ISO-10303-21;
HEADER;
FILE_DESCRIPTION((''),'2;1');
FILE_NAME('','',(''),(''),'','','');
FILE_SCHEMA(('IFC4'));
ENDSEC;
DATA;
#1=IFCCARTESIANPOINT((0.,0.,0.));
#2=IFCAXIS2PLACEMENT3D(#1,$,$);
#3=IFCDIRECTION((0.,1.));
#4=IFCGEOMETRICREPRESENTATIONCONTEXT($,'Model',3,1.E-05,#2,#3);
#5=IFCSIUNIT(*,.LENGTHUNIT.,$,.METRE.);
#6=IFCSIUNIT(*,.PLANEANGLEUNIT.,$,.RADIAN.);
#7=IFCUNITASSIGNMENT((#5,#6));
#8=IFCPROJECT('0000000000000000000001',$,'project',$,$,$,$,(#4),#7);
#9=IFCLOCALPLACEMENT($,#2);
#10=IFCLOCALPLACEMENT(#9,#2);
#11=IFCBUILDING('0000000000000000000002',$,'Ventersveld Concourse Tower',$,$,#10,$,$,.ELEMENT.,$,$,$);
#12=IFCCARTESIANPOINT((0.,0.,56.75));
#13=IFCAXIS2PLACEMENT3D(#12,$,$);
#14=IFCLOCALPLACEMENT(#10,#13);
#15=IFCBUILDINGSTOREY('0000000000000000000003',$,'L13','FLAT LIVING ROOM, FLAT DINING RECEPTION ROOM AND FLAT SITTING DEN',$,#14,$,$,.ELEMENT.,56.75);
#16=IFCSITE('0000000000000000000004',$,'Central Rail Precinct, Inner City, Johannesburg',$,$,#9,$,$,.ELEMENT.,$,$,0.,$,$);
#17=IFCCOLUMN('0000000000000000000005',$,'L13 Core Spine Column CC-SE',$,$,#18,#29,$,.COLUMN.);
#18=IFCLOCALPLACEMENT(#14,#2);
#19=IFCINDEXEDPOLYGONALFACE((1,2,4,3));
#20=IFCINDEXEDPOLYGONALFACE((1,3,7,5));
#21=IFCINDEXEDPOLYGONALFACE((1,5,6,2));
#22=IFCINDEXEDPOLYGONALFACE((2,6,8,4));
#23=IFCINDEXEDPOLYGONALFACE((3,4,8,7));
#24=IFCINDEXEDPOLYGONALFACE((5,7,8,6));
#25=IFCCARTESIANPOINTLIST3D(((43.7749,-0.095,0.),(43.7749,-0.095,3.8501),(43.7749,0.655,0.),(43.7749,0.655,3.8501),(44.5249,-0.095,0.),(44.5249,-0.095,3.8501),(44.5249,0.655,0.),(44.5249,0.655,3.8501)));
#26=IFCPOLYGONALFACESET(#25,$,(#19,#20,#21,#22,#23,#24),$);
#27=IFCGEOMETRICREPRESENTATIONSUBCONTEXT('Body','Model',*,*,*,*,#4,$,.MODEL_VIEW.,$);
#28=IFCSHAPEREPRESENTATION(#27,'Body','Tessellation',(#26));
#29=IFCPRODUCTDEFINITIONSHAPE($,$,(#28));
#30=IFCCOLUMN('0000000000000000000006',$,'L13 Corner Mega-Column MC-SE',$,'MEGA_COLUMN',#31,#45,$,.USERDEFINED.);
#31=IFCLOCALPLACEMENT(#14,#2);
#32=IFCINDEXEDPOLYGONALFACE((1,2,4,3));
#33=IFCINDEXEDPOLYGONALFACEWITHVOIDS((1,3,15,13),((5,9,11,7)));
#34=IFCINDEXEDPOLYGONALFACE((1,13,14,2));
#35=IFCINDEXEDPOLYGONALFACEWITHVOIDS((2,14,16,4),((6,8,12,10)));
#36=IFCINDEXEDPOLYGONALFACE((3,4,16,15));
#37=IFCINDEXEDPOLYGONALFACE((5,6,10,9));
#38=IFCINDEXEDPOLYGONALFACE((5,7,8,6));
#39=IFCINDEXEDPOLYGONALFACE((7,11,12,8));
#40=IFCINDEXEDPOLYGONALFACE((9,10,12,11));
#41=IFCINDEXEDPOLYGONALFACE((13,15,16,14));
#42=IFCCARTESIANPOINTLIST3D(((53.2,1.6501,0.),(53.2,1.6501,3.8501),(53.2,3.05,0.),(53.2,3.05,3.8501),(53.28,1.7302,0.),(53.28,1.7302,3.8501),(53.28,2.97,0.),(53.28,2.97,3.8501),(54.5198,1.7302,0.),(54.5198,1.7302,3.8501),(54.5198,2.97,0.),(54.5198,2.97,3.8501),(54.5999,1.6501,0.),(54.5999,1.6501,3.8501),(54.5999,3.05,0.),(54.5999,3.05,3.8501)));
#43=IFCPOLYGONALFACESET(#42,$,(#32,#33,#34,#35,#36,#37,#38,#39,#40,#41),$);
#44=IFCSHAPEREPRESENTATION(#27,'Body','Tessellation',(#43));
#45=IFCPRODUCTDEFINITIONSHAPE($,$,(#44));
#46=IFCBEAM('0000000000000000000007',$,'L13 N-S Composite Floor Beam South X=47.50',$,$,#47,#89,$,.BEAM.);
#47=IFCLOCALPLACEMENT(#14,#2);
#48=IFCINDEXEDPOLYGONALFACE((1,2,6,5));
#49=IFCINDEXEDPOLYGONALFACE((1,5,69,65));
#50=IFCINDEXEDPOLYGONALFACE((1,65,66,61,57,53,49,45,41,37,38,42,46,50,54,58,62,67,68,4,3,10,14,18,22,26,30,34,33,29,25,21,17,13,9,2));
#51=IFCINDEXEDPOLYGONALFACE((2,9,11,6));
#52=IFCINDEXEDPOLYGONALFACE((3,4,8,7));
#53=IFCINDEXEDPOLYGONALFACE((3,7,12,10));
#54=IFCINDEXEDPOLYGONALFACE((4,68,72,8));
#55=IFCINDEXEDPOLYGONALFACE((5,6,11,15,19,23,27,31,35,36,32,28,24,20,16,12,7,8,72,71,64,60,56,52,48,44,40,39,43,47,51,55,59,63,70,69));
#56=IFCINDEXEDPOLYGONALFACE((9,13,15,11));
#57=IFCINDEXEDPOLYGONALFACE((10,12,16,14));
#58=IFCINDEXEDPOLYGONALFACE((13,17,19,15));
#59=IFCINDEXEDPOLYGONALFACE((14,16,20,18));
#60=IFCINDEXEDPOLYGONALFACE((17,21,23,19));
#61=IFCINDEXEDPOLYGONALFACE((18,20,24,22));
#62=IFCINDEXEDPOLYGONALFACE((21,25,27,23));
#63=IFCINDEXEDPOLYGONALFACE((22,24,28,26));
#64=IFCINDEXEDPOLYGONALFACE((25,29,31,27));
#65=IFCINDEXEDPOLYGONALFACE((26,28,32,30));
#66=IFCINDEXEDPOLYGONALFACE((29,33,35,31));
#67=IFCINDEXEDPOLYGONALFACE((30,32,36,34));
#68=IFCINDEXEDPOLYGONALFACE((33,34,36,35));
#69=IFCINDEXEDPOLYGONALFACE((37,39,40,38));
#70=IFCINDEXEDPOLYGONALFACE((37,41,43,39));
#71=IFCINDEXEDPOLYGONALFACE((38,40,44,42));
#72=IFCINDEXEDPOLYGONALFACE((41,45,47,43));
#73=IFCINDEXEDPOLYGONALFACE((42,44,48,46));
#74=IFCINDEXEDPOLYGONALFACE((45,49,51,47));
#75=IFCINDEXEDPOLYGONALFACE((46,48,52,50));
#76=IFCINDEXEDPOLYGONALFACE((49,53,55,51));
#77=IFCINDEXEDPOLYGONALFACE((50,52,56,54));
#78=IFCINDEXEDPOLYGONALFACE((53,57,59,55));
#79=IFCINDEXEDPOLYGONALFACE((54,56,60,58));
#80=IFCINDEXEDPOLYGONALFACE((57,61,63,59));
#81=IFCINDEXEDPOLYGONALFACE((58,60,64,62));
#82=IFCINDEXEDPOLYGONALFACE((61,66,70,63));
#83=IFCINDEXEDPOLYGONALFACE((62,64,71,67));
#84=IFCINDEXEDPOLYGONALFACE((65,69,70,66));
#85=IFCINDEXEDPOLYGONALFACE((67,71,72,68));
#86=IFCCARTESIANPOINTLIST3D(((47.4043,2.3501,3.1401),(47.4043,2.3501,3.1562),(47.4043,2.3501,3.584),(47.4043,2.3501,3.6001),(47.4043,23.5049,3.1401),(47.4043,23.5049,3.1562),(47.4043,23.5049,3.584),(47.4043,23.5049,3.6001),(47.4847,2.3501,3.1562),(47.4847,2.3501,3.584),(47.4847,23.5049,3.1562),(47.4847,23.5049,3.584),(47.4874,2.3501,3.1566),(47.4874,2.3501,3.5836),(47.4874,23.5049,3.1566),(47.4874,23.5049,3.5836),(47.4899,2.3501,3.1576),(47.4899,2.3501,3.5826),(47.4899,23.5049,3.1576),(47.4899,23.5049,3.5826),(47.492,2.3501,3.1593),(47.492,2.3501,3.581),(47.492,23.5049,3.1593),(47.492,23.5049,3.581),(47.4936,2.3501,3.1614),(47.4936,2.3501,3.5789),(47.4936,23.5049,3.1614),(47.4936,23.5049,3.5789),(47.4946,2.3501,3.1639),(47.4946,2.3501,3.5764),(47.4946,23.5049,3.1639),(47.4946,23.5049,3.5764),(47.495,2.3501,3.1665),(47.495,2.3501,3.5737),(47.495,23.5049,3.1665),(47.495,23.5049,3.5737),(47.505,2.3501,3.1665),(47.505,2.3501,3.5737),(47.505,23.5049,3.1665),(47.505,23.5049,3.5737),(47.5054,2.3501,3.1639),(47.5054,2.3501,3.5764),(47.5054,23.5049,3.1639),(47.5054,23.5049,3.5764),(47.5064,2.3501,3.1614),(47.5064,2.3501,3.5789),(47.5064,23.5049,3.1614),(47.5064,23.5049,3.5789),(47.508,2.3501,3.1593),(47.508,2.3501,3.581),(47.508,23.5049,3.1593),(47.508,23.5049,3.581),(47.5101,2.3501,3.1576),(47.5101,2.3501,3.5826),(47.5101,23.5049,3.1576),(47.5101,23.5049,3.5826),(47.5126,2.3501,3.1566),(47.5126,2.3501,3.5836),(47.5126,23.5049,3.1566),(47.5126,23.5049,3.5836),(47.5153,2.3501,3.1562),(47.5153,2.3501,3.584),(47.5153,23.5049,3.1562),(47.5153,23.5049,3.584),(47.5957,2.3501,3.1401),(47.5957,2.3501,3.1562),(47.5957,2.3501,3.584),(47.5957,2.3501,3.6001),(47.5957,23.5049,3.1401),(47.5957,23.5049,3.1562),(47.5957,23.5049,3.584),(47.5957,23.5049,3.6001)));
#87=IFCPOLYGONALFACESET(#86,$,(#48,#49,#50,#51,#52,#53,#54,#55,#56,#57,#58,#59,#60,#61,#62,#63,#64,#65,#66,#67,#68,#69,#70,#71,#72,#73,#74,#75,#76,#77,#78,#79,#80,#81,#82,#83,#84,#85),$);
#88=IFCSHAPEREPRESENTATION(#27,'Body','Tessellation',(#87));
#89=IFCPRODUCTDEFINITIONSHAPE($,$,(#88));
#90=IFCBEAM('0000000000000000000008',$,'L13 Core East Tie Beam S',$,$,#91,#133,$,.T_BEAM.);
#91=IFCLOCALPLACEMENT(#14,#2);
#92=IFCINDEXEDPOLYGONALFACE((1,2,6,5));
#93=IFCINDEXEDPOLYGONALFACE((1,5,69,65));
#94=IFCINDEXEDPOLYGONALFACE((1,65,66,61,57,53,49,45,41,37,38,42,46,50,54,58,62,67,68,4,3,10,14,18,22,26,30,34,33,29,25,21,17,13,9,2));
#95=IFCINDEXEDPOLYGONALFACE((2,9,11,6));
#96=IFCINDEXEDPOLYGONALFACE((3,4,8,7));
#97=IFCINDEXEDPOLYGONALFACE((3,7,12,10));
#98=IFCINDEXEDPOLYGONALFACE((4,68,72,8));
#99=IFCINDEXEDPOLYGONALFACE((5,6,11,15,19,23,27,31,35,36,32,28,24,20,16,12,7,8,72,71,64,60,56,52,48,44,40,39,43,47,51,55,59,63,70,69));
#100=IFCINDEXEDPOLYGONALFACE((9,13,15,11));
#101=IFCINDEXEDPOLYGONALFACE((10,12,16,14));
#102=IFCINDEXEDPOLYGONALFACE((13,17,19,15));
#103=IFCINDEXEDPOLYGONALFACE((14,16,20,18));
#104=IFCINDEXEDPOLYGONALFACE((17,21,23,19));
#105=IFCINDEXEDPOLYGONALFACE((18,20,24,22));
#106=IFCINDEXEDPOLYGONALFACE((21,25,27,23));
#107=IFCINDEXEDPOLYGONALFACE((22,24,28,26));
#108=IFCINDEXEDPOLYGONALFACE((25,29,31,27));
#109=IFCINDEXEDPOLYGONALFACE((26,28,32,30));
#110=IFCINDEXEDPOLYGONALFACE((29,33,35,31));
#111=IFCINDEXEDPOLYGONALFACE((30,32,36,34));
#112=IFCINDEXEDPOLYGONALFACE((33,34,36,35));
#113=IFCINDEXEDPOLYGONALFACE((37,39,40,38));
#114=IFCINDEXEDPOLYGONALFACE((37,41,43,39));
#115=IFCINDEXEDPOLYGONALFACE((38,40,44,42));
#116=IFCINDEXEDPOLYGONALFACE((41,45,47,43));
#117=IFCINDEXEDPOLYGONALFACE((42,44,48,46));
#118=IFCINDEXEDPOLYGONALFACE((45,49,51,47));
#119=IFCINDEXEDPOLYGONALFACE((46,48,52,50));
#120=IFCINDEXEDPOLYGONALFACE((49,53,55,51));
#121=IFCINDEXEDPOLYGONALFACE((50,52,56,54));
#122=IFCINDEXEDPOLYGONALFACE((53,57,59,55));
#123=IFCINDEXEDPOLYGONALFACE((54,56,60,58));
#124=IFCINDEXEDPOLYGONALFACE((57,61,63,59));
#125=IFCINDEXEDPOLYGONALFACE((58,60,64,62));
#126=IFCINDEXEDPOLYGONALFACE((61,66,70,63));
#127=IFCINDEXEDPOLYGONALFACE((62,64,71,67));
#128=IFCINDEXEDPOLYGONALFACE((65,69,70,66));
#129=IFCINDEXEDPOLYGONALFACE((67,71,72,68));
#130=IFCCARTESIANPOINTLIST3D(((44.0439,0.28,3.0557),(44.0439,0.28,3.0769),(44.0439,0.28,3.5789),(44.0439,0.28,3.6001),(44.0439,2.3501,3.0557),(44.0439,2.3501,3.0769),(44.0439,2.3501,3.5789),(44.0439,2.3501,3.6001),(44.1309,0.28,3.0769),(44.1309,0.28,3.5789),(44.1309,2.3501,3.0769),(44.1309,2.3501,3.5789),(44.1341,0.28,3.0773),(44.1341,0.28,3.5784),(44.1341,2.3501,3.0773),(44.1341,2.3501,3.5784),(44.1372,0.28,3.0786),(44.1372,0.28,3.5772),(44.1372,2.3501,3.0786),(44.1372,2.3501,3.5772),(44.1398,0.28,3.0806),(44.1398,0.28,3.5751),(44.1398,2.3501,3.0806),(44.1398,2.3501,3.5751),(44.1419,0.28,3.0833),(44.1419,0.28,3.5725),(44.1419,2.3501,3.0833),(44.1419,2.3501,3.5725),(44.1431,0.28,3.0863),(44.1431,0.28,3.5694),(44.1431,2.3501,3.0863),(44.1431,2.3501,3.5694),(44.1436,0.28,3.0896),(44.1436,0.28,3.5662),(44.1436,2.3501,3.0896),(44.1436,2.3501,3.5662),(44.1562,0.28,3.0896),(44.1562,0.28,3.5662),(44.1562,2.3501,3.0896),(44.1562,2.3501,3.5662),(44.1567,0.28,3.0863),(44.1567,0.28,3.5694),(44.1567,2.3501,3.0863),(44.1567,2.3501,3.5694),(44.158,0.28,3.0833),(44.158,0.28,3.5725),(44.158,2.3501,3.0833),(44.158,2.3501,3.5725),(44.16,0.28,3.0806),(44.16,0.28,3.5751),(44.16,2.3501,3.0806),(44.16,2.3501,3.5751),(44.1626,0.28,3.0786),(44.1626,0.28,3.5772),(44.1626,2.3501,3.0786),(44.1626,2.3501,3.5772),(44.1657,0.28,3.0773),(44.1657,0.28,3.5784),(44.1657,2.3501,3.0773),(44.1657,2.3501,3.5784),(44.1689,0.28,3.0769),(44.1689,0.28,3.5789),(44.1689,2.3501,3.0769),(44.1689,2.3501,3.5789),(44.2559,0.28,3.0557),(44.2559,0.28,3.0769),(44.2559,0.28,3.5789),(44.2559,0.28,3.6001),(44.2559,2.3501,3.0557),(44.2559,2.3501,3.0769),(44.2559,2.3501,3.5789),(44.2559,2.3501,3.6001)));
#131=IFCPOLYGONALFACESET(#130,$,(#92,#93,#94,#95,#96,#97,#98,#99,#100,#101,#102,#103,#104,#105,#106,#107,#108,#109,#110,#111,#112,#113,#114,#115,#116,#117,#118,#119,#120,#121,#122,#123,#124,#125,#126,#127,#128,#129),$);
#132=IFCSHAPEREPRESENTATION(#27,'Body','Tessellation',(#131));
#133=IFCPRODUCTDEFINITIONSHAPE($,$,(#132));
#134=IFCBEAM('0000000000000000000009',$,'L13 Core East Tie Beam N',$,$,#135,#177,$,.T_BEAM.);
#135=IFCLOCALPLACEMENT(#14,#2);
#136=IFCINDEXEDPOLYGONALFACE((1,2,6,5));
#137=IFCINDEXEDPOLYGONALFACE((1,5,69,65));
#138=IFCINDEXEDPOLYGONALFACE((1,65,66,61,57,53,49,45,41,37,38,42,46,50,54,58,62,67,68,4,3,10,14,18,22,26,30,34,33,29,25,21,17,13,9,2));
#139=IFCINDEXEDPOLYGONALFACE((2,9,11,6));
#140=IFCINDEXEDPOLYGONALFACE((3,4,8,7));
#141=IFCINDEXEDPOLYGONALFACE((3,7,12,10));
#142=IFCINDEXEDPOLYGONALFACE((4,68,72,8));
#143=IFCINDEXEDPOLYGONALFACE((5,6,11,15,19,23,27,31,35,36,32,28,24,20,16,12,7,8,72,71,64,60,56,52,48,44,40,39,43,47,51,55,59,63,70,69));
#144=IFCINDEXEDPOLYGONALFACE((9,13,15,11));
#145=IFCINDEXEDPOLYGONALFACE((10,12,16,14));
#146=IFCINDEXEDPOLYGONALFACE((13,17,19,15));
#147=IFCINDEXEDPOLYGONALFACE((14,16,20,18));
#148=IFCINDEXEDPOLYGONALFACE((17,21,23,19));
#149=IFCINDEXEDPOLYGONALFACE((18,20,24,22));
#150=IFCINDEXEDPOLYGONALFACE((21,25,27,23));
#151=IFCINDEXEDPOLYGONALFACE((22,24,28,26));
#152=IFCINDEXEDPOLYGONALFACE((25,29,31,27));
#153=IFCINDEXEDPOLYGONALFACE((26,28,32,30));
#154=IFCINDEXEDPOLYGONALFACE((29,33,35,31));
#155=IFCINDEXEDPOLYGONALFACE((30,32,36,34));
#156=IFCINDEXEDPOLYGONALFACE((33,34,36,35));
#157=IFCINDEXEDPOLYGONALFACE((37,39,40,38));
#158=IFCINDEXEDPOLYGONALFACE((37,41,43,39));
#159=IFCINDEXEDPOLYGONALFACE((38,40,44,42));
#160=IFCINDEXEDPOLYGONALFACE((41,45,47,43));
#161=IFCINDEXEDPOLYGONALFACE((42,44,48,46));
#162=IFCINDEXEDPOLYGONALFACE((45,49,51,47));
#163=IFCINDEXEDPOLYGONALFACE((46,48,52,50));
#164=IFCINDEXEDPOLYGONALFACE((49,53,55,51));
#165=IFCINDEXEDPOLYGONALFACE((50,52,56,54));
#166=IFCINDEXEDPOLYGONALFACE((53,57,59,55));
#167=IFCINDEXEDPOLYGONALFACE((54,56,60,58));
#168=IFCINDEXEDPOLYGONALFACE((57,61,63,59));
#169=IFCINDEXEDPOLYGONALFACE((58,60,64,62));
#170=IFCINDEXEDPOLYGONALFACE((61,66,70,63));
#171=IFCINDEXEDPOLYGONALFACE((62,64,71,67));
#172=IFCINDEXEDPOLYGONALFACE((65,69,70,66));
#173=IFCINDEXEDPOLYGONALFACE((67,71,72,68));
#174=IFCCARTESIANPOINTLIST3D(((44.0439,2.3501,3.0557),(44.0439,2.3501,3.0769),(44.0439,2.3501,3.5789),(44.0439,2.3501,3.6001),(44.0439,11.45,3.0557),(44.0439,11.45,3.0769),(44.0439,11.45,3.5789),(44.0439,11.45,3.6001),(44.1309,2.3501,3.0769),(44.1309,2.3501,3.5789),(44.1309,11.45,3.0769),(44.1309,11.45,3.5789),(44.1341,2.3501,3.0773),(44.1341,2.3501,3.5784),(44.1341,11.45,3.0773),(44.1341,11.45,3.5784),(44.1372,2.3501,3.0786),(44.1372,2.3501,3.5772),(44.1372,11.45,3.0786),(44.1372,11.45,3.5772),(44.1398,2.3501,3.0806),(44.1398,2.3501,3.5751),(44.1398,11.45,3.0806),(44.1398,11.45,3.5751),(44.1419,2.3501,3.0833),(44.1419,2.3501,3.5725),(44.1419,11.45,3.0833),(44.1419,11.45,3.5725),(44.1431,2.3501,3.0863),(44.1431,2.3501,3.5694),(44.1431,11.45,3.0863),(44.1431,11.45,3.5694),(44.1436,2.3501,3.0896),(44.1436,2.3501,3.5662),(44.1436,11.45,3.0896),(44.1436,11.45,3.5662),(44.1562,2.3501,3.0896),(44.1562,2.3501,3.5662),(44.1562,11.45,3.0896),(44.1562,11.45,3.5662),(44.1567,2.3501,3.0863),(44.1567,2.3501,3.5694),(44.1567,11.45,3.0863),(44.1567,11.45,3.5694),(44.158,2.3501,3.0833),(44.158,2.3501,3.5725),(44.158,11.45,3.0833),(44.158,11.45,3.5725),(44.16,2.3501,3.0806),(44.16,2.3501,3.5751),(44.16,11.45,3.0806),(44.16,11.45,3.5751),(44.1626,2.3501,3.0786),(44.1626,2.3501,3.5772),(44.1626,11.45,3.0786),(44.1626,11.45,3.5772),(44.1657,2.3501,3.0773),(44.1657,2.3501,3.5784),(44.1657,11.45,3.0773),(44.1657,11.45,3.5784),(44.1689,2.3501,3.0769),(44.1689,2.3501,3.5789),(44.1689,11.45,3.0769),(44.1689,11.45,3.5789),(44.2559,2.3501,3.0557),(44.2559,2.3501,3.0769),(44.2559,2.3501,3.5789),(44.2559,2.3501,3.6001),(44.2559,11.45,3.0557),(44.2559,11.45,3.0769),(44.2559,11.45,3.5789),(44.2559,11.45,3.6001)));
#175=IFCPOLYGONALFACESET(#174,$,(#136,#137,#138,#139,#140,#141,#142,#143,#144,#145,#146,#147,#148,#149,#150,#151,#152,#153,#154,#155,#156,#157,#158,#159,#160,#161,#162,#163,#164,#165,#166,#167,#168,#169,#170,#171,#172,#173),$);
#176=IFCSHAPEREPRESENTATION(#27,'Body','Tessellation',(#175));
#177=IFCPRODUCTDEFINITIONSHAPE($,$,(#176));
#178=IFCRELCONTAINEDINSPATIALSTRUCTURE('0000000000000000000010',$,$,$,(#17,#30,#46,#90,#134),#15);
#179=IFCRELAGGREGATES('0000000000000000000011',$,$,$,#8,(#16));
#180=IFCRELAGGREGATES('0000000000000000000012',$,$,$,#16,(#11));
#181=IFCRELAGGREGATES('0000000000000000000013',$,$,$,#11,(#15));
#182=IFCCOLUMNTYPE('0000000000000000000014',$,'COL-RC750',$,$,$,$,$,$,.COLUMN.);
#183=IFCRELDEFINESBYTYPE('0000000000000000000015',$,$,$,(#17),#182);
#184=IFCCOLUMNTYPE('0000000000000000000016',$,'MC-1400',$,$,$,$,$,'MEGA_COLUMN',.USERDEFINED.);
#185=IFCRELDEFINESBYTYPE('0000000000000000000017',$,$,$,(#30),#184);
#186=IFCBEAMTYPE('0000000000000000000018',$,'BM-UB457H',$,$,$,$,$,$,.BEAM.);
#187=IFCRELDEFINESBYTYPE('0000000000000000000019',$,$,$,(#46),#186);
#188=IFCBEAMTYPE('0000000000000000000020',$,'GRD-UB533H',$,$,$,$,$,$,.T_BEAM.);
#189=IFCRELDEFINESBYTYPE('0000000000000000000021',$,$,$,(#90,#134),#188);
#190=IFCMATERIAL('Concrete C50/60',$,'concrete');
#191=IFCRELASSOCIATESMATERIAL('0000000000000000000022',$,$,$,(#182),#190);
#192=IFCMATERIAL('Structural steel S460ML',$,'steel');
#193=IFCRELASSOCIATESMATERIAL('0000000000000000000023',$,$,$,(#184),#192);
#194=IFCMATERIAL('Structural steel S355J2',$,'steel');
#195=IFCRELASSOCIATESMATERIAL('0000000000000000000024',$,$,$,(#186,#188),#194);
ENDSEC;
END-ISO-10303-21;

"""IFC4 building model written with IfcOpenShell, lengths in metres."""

from ifc_helpers import new_model, si_unit, direction, frame, origin, origin_2d, place, context, subcontext, project, spatial, rectangle, hollow_rectangle, i_section, extrude, material, material_profile, profile_set, type_object, element, save


model = new_model("IFC4")

# Units and contexts
model_context = context("Model", 3, precision=1e-05, world=origin(), true_north=direction((0.0, 1.0)))
body_context = subcontext(model_context, "Body", "Model", "MODEL_VIEW")
ifc_project = project(units=[si_unit("LENGTHUNIT", "METRE"), si_unit("PLANEANGLEUNIT", "RADIAN")], contexts=[model_context])

# Site, building, storey
site_placement = place(None, origin())
site = spatial("IfcSite", under=ifc_project, at=site_placement, Name="Central Rail Precinct, Inner City, Johannesburg", CompositionType="ELEMENT", RefElevation=0.0)
building_placement = place(site_placement, origin())
building = spatial("IfcBuilding", under=site, at=building_placement, Name="Ventersveld Concourse Tower", CompositionType="ELEMENT")
storey_placement = place(building_placement, frame((0.0, 0.0, 56.75)))
storey = spatial("IfcBuildingStorey", under=building, at=storey_placement, Name="L13", Description="FLAT LIVING ROOM, FLAT DINING RECEPTION ROOM AND FLAT SITTING DEN", CompositionType="ELEMENT", Elevation=56.75)

# Columns
ifc_material_1 = material(Name="Concrete C50/60", Category="concrete")
ifc_material_profile_1 = material_profile(ifc_material_1, rectangle(XDim=0.75, YDim=0.75, at=origin_2d()), Name="RC 750x750")
ifc_profile_set_1 = profile_set([ifc_material_profile_1], Name="Concrete C50/60")
column_type_1 = type_object("IfcColumnType", Name="COL-RC750", PredefinedType="COLUMN", material=ifc_profile_set_1)
column_1_placement = place(storey_placement, frame((44.1499, 0.28, 0.0), z_axis=(0.0, 0.0, 1.0), x_axis=(1.0, 0.0, 0.0)))
element("IfcColumn", 1, at=column_1_placement, inside=storey, type_object=column_type_1, Name="L13 Core Spine Column CC-SE", PredefinedType="COLUMN", context=body_context, shape_type="SweptSolid", body=[
    extrude(rectangle(XDim=0.75, YDim=0.75, at=origin_2d()), origin(), (0.0, 0.0, 1.0), 3.8501),
])
ifc_material_2 = material(Name="Structural steel S460ML", Category="steel")
ifc_material_profile_2 = material_profile(ifc_material_2, hollow_rectangle(XDim=1.3999, YDim=1.3999, WallThickness=0.0801, at=origin_2d()), Name="BOX 1400x1400x80")
ifc_profile_set_2 = profile_set([ifc_material_profile_2], Name="Structural steel S460ML")
column_type_2 = type_object("IfcColumnType", Name="MC-1400", ElementType="MEGA_COLUMN", PredefinedType="USERDEFINED", material=ifc_profile_set_2)
column_2_placement = place(storey_placement, frame((53.8999, 2.3501, 0.0), z_axis=(0.0, 0.0, 1.0), x_axis=(1.0, 0.0, 0.0)))
element("IfcColumn", 2, at=column_2_placement, inside=storey, type_object=column_type_2, Name="L13 Corner Mega-Column MC-SE", ObjectType="MEGA_COLUMN", PredefinedType="USERDEFINED", context=body_context, shape_type="SweptSolid", body=[
    extrude(hollow_rectangle(XDim=1.3999, YDim=1.3999, WallThickness=0.0801, at=origin_2d()), origin(), (0.0, 0.0, 1.0), 3.8501),
])

# Beams
ifc_material_3 = material(Name="Structural steel S355J2", Category="steel")
ifc_material_profile_3 = material_profile(ifc_material_3, i_section(OverallWidth=0.1914, OverallDepth=0.46, WebThickness=0.01, FlangeThickness=0.0161, FilletRadius=0.0103, at=origin_2d()), Name="UB 457x191x82")
ifc_profile_set_3 = profile_set([ifc_material_profile_3], Name="Structural steel S355J2")
beam_type_1 = type_object("IfcBeamType", Name="BM-UB457H", PredefinedType="BEAM", material=ifc_profile_set_3)
beam_1_placement = place(storey_placement, frame((47.5, 2.3501, 3.3701), z_axis=(0.0, 1.0, 0.0), x_axis=(-1.0, 0.0, 0.0)))
element("IfcBeam", 3, at=beam_1_placement, inside=storey, type_object=beam_type_1, Name="L13 N-S Composite Floor Beam South X=47.50", PredefinedType="BEAM", context=body_context, shape_type="SweptSolid", body=[
    extrude(i_section(OverallWidth=0.1914, OverallDepth=0.46, WebThickness=0.01, FlangeThickness=0.0161, FilletRadius=0.0103, at=origin_2d()), origin(), (0.0, 0.0, 1.0), 21.1548),
])
ifc_material_profile_4 = material_profile(ifc_material_3, i_section(OverallWidth=0.2119, OverallDepth=0.5444, WebThickness=0.0127, FlangeThickness=0.0212, FilletRadius=0.0127, at=origin_2d()), Name="UB 533x210x122")
ifc_profile_set_4 = profile_set([ifc_material_profile_4], Name="Structural steel S355J2")
beam_type_2 = type_object("IfcBeamType", Name="GRD-UB533H", PredefinedType="T_BEAM", material=ifc_profile_set_4)
beam_2_placement = place(storey_placement, frame((44.1499, 0.28, 3.3279), z_axis=(0.0, 1.0, 0.0), x_axis=(-1.0, 0.0, 0.0)))
element("IfcBeam", 4, at=beam_2_placement, inside=storey, type_object=beam_type_2, Name="L13 Core East Tie Beam S", PredefinedType="T_BEAM", context=body_context, shape_type="SweptSolid", body=[
    extrude(i_section(OverallWidth=0.2119, OverallDepth=0.5444, WebThickness=0.0127, FlangeThickness=0.0212, FilletRadius=0.0127, at=origin_2d()), origin(), (0.0, 0.0, 1.0), 2.0701),
])
beam_3_placement = place(storey_placement, frame((44.1499, 2.3501, 3.3279), z_axis=(0.0, 1.0, 0.0), x_axis=(-1.0, 0.0, 0.0)))
element("IfcBeam", 5, at=beam_3_placement, inside=storey, type_object=beam_type_2, Name="L13 Core East Tie Beam N", PredefinedType="T_BEAM", context=body_context, shape_type="SweptSolid", body=[
    extrude(i_section(OverallWidth=0.2119, OverallDepth=0.5444, WebThickness=0.0127, FlangeThickness=0.0212, FilletRadius=0.0127, at=origin_2d()), origin(), (0.0, 0.0, 1.0), 9.0999),
])

save(model, "model.ifc")
